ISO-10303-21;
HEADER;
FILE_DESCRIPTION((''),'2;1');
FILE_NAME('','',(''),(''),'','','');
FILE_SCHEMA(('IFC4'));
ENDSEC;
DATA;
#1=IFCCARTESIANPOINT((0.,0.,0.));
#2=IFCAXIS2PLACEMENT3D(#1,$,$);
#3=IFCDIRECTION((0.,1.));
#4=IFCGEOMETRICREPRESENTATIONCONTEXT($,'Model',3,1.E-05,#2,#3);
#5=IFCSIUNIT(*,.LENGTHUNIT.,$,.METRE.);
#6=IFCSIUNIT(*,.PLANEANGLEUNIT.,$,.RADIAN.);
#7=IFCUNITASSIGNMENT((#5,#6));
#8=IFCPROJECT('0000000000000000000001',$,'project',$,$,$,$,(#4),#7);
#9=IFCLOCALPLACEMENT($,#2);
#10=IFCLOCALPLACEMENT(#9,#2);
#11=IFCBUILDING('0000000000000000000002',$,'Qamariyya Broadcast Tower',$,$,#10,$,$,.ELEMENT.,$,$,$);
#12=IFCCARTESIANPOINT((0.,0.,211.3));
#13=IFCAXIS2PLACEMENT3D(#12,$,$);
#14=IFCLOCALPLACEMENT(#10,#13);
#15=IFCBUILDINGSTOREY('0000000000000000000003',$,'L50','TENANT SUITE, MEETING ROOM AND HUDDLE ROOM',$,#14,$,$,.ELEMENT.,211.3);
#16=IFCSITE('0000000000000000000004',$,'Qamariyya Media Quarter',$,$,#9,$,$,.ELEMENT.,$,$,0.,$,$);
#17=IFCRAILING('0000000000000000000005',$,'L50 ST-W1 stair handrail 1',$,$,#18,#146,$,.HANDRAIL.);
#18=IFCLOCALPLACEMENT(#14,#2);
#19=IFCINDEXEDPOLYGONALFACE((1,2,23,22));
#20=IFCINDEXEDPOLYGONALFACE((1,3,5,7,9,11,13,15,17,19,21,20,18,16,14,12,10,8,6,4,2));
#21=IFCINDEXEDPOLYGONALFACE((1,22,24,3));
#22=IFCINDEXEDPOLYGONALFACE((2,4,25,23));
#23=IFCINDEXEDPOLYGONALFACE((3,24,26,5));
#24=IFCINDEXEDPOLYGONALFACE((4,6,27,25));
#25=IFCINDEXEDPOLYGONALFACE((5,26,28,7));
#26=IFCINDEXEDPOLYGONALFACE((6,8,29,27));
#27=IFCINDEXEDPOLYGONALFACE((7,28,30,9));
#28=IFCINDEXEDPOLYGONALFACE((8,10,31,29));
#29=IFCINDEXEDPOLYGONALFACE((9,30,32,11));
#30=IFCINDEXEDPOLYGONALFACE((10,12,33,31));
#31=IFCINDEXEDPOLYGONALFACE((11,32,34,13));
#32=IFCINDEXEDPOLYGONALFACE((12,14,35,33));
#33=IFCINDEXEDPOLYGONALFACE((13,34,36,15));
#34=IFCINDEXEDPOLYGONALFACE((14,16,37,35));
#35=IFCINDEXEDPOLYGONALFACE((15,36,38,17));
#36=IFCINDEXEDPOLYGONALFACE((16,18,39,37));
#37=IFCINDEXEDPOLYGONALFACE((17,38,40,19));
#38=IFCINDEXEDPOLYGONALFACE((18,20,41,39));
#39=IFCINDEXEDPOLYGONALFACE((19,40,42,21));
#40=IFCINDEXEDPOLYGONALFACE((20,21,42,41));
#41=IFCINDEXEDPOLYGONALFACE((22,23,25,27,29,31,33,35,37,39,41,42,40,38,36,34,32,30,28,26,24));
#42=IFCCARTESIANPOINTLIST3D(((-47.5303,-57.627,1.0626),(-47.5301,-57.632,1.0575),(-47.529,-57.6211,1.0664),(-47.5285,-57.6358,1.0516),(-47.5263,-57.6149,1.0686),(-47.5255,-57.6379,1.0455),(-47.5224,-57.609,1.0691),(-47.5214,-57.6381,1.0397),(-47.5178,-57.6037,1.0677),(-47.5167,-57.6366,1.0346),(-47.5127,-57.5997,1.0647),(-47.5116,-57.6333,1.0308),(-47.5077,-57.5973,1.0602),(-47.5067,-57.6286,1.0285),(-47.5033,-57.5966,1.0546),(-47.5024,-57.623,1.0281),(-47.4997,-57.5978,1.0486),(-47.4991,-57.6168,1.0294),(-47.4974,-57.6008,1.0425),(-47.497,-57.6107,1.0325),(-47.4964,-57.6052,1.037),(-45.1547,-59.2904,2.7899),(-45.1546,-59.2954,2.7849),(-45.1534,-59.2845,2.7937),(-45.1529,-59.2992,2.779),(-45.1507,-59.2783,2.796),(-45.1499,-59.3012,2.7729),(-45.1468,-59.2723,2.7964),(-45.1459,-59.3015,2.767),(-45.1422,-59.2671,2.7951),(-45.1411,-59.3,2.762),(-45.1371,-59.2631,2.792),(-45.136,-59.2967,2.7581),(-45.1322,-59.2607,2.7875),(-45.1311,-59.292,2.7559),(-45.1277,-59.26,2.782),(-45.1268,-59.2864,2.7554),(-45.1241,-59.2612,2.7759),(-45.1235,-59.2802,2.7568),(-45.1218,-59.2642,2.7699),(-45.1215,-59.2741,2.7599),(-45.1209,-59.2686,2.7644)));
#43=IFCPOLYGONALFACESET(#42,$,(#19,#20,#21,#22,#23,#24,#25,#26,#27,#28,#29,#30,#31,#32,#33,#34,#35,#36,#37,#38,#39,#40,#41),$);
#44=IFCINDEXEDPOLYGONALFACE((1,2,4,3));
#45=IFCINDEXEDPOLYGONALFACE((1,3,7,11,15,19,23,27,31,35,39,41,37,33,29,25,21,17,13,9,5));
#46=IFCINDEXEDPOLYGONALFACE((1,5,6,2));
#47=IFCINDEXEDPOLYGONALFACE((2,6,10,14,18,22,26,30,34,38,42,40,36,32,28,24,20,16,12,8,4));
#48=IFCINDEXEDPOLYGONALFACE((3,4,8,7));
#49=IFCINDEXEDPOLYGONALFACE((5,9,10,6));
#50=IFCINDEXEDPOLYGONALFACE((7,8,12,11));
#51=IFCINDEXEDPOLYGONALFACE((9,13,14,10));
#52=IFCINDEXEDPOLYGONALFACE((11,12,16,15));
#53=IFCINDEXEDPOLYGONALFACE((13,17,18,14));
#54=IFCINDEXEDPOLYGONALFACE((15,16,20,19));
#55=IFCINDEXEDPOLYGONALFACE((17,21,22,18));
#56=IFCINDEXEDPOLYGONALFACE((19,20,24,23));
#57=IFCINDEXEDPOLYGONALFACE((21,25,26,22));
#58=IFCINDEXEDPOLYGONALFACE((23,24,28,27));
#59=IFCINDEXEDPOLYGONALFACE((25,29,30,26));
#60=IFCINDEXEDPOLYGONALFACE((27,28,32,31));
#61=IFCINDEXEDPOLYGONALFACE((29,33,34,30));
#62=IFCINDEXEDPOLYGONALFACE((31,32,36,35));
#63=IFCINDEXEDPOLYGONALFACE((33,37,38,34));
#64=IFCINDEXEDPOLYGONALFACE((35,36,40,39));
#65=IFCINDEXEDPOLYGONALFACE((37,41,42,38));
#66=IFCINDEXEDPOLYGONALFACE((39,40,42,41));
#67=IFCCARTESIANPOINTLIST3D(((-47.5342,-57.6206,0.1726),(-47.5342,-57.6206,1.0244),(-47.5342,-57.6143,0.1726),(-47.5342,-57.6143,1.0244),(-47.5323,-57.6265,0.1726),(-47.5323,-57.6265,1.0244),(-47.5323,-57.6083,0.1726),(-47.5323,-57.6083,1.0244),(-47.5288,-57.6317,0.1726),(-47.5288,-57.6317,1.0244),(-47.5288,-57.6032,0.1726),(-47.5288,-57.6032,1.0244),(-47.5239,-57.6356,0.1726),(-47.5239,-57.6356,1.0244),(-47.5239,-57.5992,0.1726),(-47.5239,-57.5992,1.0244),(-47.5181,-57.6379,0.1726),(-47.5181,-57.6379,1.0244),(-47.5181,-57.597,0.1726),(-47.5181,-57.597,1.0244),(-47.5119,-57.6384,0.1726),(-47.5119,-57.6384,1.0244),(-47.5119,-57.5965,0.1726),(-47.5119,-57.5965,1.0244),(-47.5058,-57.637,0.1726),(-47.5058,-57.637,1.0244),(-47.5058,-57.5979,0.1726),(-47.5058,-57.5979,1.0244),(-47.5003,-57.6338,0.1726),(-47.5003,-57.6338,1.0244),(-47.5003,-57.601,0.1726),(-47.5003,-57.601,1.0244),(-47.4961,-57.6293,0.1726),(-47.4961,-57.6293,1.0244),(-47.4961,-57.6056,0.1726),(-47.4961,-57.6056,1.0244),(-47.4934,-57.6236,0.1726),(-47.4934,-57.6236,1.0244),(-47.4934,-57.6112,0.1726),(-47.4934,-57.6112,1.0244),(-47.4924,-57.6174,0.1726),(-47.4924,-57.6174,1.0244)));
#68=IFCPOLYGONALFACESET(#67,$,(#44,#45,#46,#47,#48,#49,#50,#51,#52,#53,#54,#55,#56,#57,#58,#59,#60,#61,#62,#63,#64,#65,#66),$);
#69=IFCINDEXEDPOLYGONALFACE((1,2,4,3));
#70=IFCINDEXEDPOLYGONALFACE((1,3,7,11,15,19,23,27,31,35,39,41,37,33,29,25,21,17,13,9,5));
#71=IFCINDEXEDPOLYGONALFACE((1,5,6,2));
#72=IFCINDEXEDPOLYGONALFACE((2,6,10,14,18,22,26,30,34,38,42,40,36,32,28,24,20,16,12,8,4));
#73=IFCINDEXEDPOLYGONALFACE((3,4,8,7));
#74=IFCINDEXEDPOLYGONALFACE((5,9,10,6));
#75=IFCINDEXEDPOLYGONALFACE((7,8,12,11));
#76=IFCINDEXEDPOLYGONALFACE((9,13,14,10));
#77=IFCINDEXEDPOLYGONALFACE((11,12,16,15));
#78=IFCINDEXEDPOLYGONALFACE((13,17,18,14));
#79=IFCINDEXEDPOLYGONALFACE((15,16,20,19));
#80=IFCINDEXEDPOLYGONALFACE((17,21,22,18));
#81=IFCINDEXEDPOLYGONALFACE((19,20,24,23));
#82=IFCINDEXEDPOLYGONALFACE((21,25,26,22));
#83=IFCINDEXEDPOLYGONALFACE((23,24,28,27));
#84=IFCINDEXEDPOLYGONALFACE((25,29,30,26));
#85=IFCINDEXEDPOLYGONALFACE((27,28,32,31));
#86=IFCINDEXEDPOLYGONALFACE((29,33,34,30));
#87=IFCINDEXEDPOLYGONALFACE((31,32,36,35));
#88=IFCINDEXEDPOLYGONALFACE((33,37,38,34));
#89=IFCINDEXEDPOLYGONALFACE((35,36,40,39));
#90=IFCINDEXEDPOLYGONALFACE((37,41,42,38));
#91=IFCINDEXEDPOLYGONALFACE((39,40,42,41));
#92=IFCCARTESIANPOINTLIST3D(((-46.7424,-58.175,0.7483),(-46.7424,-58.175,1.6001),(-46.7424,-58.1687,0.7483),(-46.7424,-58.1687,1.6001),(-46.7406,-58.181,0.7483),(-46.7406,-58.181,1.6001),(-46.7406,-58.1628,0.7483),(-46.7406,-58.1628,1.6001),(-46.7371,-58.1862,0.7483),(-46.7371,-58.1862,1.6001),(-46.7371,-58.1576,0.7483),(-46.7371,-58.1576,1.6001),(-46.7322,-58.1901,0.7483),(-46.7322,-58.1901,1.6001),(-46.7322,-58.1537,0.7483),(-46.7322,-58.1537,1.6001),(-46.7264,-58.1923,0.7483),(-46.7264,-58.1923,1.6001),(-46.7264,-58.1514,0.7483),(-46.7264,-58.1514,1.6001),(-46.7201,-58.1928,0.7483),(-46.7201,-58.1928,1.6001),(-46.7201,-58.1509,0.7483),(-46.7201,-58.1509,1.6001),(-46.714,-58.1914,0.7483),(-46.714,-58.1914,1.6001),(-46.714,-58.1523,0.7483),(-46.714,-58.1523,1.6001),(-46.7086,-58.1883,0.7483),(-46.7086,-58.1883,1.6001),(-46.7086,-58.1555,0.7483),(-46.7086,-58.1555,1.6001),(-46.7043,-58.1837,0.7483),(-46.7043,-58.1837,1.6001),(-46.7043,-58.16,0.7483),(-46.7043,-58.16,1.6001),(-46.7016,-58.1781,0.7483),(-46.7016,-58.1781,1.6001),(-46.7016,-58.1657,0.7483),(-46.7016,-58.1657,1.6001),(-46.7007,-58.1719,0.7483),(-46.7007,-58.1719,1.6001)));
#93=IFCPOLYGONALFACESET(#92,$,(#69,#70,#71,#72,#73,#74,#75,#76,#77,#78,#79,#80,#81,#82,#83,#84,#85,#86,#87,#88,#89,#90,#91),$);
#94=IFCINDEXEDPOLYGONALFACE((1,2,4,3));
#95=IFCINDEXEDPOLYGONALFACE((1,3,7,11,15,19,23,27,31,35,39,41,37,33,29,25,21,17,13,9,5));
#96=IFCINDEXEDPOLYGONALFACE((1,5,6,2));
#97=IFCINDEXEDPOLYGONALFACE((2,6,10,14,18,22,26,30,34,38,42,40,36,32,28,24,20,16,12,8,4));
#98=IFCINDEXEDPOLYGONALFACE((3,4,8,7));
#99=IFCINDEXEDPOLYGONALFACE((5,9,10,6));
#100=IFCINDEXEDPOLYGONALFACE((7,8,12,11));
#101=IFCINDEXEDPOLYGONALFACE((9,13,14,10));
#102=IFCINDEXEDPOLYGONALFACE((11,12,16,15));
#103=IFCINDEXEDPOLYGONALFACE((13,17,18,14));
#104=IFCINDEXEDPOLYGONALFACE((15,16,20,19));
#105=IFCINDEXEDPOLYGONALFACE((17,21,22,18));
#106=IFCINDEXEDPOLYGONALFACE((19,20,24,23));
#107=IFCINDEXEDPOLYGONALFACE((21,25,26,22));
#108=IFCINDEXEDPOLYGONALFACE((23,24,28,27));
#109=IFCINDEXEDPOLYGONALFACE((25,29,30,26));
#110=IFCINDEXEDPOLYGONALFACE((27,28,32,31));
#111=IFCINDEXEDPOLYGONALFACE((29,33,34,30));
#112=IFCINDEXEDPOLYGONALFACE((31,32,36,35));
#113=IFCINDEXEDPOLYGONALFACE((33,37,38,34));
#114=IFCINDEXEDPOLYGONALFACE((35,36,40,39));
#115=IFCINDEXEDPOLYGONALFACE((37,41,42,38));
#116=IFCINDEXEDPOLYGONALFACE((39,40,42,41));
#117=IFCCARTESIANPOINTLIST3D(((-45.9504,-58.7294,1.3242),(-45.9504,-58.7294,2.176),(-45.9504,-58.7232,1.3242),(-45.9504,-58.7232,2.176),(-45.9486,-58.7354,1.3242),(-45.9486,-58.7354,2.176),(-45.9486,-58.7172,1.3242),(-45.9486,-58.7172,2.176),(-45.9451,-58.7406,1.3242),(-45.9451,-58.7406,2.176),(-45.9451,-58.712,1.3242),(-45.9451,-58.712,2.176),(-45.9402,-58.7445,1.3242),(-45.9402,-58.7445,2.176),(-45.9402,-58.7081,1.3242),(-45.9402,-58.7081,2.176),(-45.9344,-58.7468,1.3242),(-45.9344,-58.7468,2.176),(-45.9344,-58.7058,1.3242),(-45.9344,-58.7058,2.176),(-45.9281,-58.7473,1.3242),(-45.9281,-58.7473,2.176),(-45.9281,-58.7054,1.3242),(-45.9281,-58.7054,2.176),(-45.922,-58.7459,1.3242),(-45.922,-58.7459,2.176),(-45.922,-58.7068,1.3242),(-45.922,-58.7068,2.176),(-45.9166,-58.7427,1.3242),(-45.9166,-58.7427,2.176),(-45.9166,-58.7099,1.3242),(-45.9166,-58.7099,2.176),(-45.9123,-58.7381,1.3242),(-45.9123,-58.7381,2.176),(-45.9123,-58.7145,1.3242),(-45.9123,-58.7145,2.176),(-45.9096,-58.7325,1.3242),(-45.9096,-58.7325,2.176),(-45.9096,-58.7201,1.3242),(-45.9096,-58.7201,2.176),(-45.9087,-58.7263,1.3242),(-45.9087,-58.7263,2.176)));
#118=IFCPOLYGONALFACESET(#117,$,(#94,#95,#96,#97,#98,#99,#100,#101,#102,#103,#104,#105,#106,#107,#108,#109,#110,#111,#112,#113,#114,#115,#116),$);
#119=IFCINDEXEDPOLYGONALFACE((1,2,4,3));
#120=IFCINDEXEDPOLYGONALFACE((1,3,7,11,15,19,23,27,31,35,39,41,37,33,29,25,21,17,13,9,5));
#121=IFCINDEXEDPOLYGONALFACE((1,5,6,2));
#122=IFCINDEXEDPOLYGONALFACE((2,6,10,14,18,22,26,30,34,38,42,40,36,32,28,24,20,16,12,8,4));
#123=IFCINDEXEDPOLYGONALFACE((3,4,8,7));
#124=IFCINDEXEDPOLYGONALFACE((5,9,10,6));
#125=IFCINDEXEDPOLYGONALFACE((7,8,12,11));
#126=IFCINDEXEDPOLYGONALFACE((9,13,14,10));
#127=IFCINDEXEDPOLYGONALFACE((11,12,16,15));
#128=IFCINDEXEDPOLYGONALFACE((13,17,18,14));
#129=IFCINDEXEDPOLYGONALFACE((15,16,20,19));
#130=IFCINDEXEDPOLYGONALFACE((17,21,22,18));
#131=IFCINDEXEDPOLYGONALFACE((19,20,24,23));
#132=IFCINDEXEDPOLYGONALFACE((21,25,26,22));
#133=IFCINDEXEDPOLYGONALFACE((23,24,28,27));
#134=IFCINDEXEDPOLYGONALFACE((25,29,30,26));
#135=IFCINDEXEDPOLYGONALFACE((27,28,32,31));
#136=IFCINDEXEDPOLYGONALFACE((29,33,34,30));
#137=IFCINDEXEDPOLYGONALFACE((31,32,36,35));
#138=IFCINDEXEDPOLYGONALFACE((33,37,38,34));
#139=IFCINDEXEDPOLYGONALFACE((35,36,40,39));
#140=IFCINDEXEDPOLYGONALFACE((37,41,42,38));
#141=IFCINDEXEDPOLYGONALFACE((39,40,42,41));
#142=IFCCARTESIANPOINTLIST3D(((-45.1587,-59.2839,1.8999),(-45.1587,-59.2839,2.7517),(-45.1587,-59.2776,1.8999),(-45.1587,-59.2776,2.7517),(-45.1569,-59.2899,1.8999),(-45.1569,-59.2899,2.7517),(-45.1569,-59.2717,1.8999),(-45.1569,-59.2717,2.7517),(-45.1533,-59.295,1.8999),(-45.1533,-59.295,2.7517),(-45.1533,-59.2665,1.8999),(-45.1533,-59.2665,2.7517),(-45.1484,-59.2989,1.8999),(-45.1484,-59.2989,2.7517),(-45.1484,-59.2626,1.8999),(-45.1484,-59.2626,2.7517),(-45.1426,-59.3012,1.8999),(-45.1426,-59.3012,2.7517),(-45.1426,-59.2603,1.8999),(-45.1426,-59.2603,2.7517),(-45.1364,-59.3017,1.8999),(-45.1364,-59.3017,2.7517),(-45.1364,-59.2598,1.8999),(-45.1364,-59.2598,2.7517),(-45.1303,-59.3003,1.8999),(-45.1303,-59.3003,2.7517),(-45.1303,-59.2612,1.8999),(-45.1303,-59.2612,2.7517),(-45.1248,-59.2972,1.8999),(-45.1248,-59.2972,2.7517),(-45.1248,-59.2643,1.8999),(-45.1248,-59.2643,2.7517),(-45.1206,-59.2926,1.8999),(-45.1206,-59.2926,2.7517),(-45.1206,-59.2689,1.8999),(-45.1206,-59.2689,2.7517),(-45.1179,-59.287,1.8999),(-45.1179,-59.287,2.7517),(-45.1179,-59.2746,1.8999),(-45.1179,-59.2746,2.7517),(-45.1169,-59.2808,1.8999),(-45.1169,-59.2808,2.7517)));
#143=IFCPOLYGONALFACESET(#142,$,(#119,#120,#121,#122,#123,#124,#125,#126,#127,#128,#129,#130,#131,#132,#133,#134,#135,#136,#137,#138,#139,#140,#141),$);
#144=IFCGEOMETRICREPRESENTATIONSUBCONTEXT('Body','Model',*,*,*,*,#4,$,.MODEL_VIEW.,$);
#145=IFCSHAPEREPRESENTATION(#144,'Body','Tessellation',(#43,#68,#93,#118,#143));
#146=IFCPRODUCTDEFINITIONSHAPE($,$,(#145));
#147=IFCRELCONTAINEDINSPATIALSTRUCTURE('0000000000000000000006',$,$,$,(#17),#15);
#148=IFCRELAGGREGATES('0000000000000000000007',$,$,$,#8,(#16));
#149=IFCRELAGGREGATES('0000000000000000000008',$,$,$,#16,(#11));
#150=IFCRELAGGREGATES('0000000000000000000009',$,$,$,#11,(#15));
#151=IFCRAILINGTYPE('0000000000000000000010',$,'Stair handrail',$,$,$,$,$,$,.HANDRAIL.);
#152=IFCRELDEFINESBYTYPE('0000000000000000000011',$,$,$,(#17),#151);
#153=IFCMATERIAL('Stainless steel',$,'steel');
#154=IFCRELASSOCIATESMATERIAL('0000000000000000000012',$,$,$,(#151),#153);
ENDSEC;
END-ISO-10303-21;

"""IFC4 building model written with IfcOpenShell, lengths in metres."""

from ifc_helpers import new_model, si_unit, direction, frame, origin, origin_2d, place, context, subcontext, project, spatial, circle, extrude, material, type_object, element, save


model = new_model("IFC4")

# Units and contexts
model_context = context("Model", 3, precision=1e-05, world=origin(), true_north=direction((0.0, 1.0)))
body_context = subcontext(model_context, "Body", "Model", "MODEL_VIEW")
ifc_project = project(units=[si_unit("LENGTHUNIT", "METRE"), si_unit("PLANEANGLEUNIT", "RADIAN")], contexts=[model_context])

# Site, building, storey
site_placement = place(None, origin())
site = spatial("IfcSite", under=ifc_project, at=site_placement, Name="Qamariyya Media Quarter", CompositionType="ELEMENT", RefElevation=0.0)
building_placement = place(site_placement, origin())
building = spatial("IfcBuilding", under=site, at=building_placement, Name="Qamariyya Broadcast Tower", CompositionType="ELEMENT")
storey_placement = place(building_placement, frame((0.0, 0.0, 211.3)))
storey = spatial("IfcBuildingStorey", under=building, at=storey_placement, Name="L50", Description="TENANT SUITE, MEETING ROOM AND HUDDLE ROOM", CompositionType="ELEMENT", Elevation=211.3)

# Railing
ifc_material_1 = material(Name="Stainless steel", Category="steel")
railing_type_1 = type_object("IfcRailingType", Name="Stair handrail", PredefinedType="HANDRAIL", material=ifc_material_1)
railing_1_placement = place(storey_placement, frame((-47.5134, -57.6174, 0.1726)))
element("IfcRailing", 1, at=railing_1_placement, inside=storey, type_object=railing_type_1, Name="L50 ST-W1 stair handrail 1", PredefinedType="HANDRAIL", context=body_context, shape_type="SweptSolid", body=[
    extrude(circle(Radius=0.0239, at=origin_2d()), frame((0.0, 0.0, 0.876), z_axis=(0.70377, -0.492784, 0.511734), x_axis=(0.573575, 0.819153, 0.0)), (0.0, 0.0, 1.0), 3.3755),
    extrude(circle(Radius=0.021, at=origin_2d()), origin(), (0.0, 0.0, 1.0), 0.8518),
    extrude(circle(Radius=0.021, at=origin_2d()), frame((0.7917, -0.5544, 0.5757)), (0.0, 0.0, 1.0), 0.8518),
    extrude(circle(Radius=0.021, at=origin_2d()), frame((1.5837, -1.1089, 1.1516)), (0.0, 0.0, 1.0), 0.8518),
    extrude(circle(Radius=0.021, at=origin_2d()), frame((2.3755, -1.6633, 1.7273)), (0.0, 0.0, 1.0), 0.8518),
])

save(model, "model.ifc")
